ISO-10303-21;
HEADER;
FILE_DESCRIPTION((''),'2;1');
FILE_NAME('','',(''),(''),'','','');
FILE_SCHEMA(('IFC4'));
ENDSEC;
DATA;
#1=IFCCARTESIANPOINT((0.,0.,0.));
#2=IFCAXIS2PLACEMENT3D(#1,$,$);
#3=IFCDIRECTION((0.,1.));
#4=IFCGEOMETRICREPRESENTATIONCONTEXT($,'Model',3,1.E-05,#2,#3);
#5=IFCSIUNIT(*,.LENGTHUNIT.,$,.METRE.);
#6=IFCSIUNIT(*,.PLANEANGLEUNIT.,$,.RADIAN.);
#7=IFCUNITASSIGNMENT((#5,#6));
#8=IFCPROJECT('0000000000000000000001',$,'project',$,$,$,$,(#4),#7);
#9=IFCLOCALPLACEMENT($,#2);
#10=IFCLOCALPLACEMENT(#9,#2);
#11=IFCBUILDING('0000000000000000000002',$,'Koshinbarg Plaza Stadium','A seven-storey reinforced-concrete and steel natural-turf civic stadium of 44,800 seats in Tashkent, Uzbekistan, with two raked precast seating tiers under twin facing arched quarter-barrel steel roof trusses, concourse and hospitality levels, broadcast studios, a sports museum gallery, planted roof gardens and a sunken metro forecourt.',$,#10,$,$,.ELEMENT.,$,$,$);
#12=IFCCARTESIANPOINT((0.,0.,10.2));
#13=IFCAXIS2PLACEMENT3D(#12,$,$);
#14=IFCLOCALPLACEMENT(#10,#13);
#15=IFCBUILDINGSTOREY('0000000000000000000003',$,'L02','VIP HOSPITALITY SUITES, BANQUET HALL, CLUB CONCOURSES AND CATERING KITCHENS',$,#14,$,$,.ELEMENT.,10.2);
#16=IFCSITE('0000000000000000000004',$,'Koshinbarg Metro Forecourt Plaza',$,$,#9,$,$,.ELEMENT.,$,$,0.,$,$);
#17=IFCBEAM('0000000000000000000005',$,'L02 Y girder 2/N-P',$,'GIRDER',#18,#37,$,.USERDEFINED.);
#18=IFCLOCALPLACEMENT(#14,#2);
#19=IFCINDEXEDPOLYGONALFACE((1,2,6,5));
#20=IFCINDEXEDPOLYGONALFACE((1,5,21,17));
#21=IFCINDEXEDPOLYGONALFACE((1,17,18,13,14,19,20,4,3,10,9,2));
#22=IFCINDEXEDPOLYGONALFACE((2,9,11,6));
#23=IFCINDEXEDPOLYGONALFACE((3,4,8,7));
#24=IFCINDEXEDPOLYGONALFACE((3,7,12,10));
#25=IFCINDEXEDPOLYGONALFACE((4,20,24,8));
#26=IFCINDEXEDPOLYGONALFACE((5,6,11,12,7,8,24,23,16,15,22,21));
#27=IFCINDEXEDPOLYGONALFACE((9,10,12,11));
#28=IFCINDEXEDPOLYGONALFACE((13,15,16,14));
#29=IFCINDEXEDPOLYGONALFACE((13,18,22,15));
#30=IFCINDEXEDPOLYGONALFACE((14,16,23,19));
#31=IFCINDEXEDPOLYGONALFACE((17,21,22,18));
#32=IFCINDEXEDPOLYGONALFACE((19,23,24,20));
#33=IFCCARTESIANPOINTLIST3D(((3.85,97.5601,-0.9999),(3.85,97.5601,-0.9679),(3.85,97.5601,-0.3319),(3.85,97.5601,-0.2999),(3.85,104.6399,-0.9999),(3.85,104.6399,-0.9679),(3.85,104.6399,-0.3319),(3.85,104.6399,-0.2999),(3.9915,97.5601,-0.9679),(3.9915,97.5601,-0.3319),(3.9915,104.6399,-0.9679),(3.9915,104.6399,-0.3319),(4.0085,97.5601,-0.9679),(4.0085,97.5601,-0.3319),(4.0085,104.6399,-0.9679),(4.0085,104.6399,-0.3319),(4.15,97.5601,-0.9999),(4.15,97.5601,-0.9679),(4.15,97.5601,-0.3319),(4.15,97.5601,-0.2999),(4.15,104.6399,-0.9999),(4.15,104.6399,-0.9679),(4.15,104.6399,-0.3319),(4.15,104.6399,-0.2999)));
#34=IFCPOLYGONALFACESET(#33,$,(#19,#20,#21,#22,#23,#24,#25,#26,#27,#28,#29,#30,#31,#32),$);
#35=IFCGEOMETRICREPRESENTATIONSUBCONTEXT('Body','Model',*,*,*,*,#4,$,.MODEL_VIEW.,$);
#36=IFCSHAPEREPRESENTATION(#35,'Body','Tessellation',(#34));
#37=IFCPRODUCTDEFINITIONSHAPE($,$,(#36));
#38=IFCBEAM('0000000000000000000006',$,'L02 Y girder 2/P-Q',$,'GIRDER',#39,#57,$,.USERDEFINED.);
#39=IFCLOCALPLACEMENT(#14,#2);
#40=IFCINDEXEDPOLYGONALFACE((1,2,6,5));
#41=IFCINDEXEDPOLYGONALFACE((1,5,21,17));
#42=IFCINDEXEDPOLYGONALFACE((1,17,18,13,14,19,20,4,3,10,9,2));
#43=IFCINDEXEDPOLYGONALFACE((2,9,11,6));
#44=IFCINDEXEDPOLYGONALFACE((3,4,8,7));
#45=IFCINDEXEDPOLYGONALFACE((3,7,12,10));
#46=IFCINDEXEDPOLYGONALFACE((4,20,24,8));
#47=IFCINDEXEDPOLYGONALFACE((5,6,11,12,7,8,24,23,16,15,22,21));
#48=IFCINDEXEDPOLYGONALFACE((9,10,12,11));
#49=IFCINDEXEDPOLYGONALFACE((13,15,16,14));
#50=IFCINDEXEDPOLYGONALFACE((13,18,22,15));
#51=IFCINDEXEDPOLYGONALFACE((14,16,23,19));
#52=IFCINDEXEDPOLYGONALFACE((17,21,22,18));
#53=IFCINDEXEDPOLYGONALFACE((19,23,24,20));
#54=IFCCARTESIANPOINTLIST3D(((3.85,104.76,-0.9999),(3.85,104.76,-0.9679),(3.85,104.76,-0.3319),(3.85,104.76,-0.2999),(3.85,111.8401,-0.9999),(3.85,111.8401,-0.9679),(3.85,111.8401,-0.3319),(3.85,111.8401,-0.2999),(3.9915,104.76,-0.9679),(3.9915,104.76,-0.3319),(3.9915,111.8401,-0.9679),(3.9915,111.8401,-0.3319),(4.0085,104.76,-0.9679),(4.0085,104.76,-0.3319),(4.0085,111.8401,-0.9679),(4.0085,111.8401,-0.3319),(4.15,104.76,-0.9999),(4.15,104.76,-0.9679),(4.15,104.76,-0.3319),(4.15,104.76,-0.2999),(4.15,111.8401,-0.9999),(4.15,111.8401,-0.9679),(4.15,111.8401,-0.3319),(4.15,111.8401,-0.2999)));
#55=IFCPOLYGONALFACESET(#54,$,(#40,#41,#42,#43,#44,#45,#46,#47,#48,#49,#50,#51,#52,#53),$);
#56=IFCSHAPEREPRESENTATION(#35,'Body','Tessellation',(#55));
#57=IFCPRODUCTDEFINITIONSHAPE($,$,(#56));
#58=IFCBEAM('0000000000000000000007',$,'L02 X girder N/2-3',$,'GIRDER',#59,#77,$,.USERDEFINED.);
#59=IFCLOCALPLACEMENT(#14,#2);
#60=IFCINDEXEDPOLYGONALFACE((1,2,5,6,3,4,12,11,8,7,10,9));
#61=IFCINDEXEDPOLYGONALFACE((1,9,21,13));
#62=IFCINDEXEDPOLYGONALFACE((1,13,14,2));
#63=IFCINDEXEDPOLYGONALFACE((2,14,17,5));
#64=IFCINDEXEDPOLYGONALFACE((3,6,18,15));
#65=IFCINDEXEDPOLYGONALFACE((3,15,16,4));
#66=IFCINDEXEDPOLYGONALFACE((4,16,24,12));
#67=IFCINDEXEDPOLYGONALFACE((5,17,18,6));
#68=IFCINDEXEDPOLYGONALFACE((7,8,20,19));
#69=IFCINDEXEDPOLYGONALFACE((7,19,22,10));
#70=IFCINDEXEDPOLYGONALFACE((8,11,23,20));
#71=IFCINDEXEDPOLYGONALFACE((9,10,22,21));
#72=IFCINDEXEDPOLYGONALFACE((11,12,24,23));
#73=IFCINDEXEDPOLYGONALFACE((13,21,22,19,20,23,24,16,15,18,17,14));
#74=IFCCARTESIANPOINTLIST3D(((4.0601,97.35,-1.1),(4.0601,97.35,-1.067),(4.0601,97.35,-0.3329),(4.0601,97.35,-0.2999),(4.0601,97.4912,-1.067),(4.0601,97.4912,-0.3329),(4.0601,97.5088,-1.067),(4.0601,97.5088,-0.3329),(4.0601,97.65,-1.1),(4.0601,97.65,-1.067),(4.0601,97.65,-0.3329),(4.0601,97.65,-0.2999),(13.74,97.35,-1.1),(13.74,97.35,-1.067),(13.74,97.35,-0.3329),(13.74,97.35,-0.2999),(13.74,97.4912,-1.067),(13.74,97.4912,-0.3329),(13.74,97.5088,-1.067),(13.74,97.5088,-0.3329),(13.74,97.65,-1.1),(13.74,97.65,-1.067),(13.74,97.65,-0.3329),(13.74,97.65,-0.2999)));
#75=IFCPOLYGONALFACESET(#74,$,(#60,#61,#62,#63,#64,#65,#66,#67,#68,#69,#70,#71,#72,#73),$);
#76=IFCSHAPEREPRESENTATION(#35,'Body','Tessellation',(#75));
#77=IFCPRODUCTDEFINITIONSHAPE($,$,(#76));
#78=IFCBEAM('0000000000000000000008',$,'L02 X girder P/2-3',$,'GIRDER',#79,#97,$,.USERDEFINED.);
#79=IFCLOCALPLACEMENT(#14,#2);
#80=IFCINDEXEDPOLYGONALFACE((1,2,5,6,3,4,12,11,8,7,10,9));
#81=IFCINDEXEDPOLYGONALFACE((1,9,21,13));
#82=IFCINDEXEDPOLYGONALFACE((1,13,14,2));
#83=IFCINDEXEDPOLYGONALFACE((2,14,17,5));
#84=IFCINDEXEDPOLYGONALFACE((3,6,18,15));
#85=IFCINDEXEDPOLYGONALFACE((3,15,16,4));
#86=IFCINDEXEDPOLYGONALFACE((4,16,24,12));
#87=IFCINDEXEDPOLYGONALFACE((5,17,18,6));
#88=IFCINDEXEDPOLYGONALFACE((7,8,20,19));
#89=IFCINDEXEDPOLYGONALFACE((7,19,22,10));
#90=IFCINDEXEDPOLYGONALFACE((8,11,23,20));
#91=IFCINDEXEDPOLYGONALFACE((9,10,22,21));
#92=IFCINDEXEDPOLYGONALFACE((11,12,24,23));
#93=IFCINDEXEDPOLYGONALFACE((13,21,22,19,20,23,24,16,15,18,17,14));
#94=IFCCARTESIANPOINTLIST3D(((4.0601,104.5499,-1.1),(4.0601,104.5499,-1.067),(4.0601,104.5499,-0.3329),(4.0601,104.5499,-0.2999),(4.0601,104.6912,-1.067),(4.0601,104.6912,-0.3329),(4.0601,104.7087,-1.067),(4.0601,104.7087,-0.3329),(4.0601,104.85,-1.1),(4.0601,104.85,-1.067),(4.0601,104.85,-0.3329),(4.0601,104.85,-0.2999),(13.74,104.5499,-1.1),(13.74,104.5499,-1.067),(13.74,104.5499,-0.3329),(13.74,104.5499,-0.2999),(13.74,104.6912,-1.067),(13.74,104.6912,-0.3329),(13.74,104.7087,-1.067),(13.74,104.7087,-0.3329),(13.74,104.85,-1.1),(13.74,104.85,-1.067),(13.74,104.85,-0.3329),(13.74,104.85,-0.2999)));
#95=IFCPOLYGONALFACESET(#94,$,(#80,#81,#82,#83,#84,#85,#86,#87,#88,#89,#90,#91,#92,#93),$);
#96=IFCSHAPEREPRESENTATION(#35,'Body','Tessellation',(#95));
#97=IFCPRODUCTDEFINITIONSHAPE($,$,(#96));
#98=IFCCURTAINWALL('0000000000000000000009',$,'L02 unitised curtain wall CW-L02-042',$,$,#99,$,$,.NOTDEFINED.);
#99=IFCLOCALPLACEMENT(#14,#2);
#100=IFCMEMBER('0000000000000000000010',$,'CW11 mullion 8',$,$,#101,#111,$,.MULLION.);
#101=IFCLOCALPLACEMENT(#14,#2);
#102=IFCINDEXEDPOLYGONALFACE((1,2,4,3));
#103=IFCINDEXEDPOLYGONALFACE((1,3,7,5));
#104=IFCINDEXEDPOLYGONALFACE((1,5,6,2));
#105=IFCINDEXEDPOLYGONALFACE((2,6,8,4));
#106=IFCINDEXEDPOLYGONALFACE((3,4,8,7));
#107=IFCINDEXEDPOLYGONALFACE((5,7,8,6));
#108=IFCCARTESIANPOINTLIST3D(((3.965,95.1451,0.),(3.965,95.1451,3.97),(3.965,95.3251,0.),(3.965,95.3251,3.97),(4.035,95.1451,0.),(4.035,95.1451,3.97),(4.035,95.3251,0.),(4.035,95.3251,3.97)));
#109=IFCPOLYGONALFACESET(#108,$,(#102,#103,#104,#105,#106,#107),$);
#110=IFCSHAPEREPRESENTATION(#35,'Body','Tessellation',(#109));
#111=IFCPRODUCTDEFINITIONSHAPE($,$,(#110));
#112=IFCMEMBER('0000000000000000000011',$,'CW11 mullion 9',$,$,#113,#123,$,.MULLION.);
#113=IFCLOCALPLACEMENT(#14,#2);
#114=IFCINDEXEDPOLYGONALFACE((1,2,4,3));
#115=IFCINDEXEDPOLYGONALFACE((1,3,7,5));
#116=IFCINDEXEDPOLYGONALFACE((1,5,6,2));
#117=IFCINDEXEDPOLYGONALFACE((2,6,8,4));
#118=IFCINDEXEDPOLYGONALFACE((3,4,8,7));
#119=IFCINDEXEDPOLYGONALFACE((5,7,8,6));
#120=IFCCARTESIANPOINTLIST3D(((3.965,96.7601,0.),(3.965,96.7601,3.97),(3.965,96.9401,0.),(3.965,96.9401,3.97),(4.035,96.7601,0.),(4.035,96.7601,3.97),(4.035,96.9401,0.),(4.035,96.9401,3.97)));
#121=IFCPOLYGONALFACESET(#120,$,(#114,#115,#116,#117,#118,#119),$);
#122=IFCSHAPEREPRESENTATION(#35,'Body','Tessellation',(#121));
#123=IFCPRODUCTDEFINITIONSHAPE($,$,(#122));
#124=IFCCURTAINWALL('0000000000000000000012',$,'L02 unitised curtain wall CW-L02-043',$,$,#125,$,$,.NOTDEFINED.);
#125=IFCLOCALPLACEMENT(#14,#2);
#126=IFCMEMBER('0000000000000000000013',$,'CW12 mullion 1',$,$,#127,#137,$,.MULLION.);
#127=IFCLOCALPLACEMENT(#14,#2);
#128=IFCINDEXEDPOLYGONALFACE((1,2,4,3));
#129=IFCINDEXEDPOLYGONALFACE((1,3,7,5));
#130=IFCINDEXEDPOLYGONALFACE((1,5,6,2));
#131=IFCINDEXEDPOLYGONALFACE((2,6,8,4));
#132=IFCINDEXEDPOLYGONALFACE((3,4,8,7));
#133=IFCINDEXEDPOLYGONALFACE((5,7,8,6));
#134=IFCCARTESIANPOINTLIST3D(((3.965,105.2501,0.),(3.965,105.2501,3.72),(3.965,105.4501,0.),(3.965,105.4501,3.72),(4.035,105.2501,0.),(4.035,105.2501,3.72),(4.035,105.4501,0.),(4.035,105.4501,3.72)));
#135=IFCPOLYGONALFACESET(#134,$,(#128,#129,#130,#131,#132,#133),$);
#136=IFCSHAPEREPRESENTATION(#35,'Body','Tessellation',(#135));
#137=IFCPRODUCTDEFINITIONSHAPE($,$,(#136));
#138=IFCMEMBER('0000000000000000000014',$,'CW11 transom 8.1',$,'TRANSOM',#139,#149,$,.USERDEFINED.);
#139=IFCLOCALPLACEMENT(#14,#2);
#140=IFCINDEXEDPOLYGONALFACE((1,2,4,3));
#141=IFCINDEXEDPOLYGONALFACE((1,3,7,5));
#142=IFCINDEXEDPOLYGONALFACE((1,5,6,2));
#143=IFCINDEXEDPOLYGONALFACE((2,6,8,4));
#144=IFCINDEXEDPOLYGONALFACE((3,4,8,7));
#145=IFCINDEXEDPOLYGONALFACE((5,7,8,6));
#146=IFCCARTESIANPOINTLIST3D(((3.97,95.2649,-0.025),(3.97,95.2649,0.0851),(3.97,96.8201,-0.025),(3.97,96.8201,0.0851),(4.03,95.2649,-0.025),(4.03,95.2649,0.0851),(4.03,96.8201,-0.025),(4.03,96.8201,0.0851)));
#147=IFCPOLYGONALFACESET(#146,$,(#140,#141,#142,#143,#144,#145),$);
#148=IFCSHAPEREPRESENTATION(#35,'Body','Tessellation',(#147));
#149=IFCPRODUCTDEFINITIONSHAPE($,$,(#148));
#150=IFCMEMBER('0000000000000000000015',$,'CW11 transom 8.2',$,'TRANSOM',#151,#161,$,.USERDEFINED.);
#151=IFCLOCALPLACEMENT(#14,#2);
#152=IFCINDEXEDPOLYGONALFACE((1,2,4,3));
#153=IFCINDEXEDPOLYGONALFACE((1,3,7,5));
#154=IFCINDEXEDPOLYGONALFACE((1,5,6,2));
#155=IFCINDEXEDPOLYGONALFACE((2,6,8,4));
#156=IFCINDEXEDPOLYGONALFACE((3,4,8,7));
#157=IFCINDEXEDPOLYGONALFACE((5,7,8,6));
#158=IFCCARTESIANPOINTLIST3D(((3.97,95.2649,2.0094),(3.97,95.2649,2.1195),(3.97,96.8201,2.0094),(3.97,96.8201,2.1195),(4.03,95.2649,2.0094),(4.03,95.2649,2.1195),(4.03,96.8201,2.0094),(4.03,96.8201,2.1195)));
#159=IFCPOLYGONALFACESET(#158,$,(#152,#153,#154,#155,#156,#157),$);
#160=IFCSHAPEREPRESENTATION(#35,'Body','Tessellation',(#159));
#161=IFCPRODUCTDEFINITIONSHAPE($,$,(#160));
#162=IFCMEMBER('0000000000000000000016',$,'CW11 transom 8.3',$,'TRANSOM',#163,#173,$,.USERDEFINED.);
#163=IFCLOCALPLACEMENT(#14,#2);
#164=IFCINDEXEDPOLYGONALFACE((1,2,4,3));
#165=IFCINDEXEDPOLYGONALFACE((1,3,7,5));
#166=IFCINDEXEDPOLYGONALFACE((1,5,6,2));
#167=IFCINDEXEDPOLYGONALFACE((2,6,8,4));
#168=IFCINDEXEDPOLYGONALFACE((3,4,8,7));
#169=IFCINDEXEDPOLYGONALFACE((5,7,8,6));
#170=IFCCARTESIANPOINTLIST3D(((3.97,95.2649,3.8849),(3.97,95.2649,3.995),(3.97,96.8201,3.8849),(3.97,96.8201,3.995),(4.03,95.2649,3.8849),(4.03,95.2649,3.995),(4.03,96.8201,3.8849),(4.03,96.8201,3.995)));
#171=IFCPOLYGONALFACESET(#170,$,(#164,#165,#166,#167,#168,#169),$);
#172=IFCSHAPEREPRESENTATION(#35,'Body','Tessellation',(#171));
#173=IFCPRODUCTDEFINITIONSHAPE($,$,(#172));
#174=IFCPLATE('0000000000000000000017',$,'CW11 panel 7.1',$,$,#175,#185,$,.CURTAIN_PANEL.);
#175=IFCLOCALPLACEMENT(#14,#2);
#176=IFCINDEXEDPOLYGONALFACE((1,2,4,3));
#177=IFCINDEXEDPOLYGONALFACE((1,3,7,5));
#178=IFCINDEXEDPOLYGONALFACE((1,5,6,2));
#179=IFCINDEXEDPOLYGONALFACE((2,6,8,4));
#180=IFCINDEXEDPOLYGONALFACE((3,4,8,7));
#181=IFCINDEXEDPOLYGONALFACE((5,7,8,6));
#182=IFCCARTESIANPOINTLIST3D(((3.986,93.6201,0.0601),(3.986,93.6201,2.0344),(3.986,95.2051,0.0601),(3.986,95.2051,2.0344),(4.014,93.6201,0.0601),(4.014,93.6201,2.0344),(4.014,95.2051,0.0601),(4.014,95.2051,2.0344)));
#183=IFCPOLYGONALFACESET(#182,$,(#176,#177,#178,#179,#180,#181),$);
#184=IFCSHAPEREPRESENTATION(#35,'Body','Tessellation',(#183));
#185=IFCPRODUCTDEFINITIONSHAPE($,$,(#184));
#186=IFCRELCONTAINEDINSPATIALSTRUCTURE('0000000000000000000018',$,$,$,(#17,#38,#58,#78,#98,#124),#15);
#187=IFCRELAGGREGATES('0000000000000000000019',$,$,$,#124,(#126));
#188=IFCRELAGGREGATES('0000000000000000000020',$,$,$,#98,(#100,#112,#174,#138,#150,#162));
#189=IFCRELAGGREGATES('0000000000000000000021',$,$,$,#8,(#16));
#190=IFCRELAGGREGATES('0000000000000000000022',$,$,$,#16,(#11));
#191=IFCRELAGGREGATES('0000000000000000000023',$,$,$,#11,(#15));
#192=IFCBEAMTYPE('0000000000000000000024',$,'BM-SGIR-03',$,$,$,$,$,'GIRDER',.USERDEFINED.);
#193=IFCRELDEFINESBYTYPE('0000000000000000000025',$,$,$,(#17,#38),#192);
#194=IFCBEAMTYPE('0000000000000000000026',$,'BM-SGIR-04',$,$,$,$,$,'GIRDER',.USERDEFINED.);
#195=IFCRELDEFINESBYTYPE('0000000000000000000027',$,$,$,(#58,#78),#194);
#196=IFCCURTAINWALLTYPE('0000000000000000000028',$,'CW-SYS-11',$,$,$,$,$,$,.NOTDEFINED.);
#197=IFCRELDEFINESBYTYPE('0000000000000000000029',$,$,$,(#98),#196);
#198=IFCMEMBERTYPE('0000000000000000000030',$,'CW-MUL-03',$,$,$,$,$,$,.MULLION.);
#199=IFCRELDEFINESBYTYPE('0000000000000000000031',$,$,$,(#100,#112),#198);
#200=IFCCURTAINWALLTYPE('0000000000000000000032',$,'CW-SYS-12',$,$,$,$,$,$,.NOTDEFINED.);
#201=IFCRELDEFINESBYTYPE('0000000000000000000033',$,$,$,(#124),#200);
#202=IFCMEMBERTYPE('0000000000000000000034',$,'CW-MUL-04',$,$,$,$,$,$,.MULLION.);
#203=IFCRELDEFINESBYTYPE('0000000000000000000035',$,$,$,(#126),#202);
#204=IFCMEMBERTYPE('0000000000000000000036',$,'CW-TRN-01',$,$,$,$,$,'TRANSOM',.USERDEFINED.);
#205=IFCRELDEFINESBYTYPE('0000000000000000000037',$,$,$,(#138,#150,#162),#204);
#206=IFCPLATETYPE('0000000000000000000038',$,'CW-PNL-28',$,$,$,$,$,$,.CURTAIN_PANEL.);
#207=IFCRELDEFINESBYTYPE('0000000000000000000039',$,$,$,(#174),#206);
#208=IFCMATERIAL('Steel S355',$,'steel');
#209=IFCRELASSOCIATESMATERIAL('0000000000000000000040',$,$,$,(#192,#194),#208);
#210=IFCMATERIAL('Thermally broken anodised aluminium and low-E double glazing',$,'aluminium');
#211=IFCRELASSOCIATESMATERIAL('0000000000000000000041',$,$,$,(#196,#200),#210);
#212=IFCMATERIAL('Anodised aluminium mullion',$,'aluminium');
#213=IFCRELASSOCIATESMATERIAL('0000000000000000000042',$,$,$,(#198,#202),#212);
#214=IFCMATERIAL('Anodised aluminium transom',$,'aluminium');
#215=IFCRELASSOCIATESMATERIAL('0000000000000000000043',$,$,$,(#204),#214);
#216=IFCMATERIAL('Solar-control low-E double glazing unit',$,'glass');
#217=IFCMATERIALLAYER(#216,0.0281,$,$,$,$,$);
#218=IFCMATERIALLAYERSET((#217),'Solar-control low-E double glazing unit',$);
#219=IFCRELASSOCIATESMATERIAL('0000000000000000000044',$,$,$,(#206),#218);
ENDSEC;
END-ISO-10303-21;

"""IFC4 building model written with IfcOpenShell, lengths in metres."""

from ifc_helpers import new_model, si_unit, direction, frame, origin, origin_2d, place, context, subcontext, project, spatial, rectangle, i_section, extrude, material, layer, layer_set, material_profile, profile_set, type_object, element, aggregate, save


model = new_model("IFC4")

# Units and contexts
model_context = context("Model", 3, precision=1e-05, world=origin(), true_north=direction((0.0, 1.0)))
body_context = subcontext(model_context, "Body", "Model", "MODEL_VIEW")
ifc_project = project(units=[si_unit("LENGTHUNIT", "METRE"), si_unit("PLANEANGLEUNIT", "RADIAN")], contexts=[model_context])

# Site, building, storey
site_placement = place(None, origin())
site = spatial("IfcSite", under=ifc_project, at=site_placement, Name="Koshinbarg Metro Forecourt Plaza", CompositionType="ELEMENT", RefElevation=0.0)
building_placement = place(site_placement, origin())
building = spatial("IfcBuilding", under=site, at=building_placement, Name="Koshinbarg Plaza Stadium", Description="A seven-storey reinforced-concrete and steel natural-turf civic stadium of 44,800 seats in Tashkent, Uzbekistan, with two raked precast seating tiers under twin facing arched quarter-barrel steel roof trusses, concourse and hospitality levels, broadcast studios, a sports museum gallery, planted roof gardens and a sunken metro forecourt.", CompositionType="ELEMENT")
storey_placement = place(building_placement, frame((0.0, 0.0, 10.2)))
storey = spatial("IfcBuildingStorey", under=building, at=storey_placement, Name="L02", Description="VIP HOSPITALITY SUITES, BANQUET HALL, CLUB CONCOURSES AND CATERING KITCHENS", CompositionType="ELEMENT", Elevation=10.2)

# Shared definitions
ifc_material_1 = material(Name="Steel S355", Category="steel")

# Beams
ifc_material_profile_1 = material_profile(ifc_material_1, i_section(OverallWidth=0.3, OverallDepth=0.7, WebThickness=0.0171, FlangeThickness=0.032, at=origin_2d()), Name="HEB 700")
ifc_profile_set_1 = profile_set([ifc_material_profile_1], Name="Steel S355")
beam_type_1 = type_object("IfcBeamType", Name="BM-SGIR-03", ElementType="GIRDER", PredefinedType="USERDEFINED", material=ifc_profile_set_1)
beam_1_placement = place(storey_placement, frame((4.0, 97.5601, -0.6499), z_axis=(0.0, 1.0, 0.0), x_axis=(-1.0, 0.0, 0.0)))
element("IfcBeam", 1, at=beam_1_placement, inside=storey, type_object=beam_type_1, Name="L02 Y girder 2/N-P", ObjectType="GIRDER", PredefinedType="USERDEFINED", context=body_context, shape_type="SweptSolid", body=[
    extrude(i_section(OverallWidth=0.3, OverallDepth=0.7, WebThickness=0.0171, FlangeThickness=0.032, at=origin_2d()), origin(), (0.0, 0.0, 1.0), 7.0798),
])
beam_2_placement = place(storey_placement, frame((4.0, 104.76, -0.6499), z_axis=(0.0, 1.0, 0.0), x_axis=(-1.0, 0.0, 0.0)))
element("IfcBeam", 2, at=beam_2_placement, inside=storey, type_object=beam_type_1, Name="L02 Y girder 2/P-Q", ObjectType="GIRDER", PredefinedType="USERDEFINED", context=body_context, shape_type="SweptSolid", body=[
    extrude(i_section(OverallWidth=0.3, OverallDepth=0.7, WebThickness=0.0171, FlangeThickness=0.032, at=origin_2d()), origin(), (0.0, 0.0, 1.0), 7.0801),
])
ifc_material_profile_2 = material_profile(ifc_material_1, i_section(OverallWidth=0.3, OverallDepth=0.8, WebThickness=0.0176, FlangeThickness=0.033, at=origin_2d()), Name="HEB 800")
ifc_profile_set_2 = profile_set([ifc_material_profile_2], Name="Steel S355")
beam_type_2 = type_object("IfcBeamType", Name="BM-SGIR-04", ElementType="GIRDER", PredefinedType="USERDEFINED", material=ifc_profile_set_2)
for number, where, z_axis, x_axis, name in (
    (3, (4.0601, 97.5, -0.7), (1.0, 0.0, 0.0), (0.0, 1.0, 0.0), "L02 X girder N/2-3"),
    (4, (4.0601, 104.7, -0.7), (1.0, 0.0, 0.0), (0.0, 1.0, 0.0), "L02 X girder P/2-3"),
):
    element("IfcBeam", number, at=place(storey_placement, frame(where, z_axis=z_axis, x_axis=x_axis)), inside=storey, type_object=beam_type_2, Name=name, ObjectType="GIRDER", PredefinedType="USERDEFINED", context=body_context, shape_type="SweptSolid", body=[
        extrude(i_section(OverallWidth=0.3, OverallDepth=0.8, WebThickness=0.0176, FlangeThickness=0.033, at=origin_2d()), origin(), (0.0, 0.0, 1.0), 9.6799),
    ])

# Curtain wall, members
ifc_material_2 = material(Name="Thermally broken anodised aluminium and low-E double glazing", Category="aluminium")
curtain_wall_type_1 = type_object("IfcCurtainWallType", Name="CW-SYS-11", PredefinedType="NOTDEFINED", material=ifc_material_2)
curtain_wall_1_placement = place(storey_placement, origin())
curtain_wall_1 = element("IfcCurtainWall", 5, at=curtain_wall_1_placement, inside=storey, type_object=curtain_wall_type_1, Name="L02 unitised curtain wall CW-L02-042", PredefinedType="NOTDEFINED")
ifc_material_3 = material(Name="Anodised aluminium mullion", Category="aluminium")
ifc_material_profile_3 = material_profile(ifc_material_3, rectangle(XDim=0.0701, YDim=0.1799, at=origin_2d()), Name="ALU 70x180")
ifc_profile_set_3 = profile_set([ifc_material_profile_3], Name="Anodised aluminium mullion")
member_type_1 = type_object("IfcMemberType", Name="CW-MUL-03", PredefinedType="MULLION", material=ifc_profile_set_3)
member_1_placement = place(storey_placement, frame((4.0, 95.2351, 0.0), z_axis=(0.0, 0.0, 1.0), x_axis=(-1.0, 0.0, 0.0)))
member_1 = element("IfcMember", 6, at=member_1_placement, type_object=member_type_1, Name="CW11 mullion 8", PredefinedType="MULLION", context=body_context, shape_type="SweptSolid", body=[
    extrude(rectangle(XDim=0.0701, YDim=0.1799, at=origin_2d()), origin(), (0.0, 0.0, 1.0), 3.97),
])
member_2_placement = place(storey_placement, frame((4.0, 96.8501, 0.0), z_axis=(0.0, 0.0, 1.0), x_axis=(-1.0, 0.0, 0.0)))
member_2 = element("IfcMember", 7, at=member_2_placement, type_object=member_type_1, Name="CW11 mullion 9", PredefinedType="MULLION", context=body_context, shape_type="SweptSolid", body=[
    extrude(rectangle(XDim=0.0701, YDim=0.1799, at=origin_2d()), origin(), (0.0, 0.0, 1.0), 3.97),
])

# Curtain wall, member
curtain_wall_type_2 = type_object("IfcCurtainWallType", Name="CW-SYS-12", PredefinedType="NOTDEFINED", material=ifc_material_2)
curtain_wall_2_placement = place(storey_placement, origin())
curtain_wall_2 = element("IfcCurtainWall", 8, at=curtain_wall_2_placement, inside=storey, type_object=curtain_wall_type_2, Name="L02 unitised curtain wall CW-L02-043", PredefinedType="NOTDEFINED")
ifc_material_profile_4 = material_profile(ifc_material_3, rectangle(XDim=0.0701, YDim=0.2, at=origin_2d()), Name="ALU 70x200")
ifc_profile_set_4 = profile_set([ifc_material_profile_4], Name="Anodised aluminium mullion")
member_type_2 = type_object("IfcMemberType", Name="CW-MUL-04", PredefinedType="MULLION", material=ifc_profile_set_4)
member_3_placement = place(storey_placement, frame((4.0, 105.3501, 0.0), z_axis=(0.0, 0.0, 1.0), x_axis=(-1.0, 0.0, 0.0)))
member_3 = element("IfcMember", 9, at=member_3_placement, type_object=member_type_2, Name="CW12 mullion 1", PredefinedType="MULLION", context=body_context, shape_type="SweptSolid", body=[
    extrude(rectangle(XDim=0.0701, YDim=0.2, at=origin_2d()), origin(), (0.0, 0.0, 1.0), 3.72),
])
aggregate(curtain_wall_2, [member_3])

# Members
ifc_material_4 = material(Name="Anodised aluminium transom", Category="aluminium")
ifc_material_profile_5 = material_profile(ifc_material_4, rectangle(XDim=0.0601, YDim=0.1101, at=origin_2d()), Name="ALU 60x110")
ifc_profile_set_5 = profile_set([ifc_material_profile_5], Name="Anodised aluminium transom")
member_type_3 = type_object("IfcMemberType", Name="CW-TRN-01", ElementType="TRANSOM", PredefinedType="USERDEFINED", material=ifc_profile_set_5)
member_4_placement = place(storey_placement, frame((4.0, 95.2649, 0.03), z_axis=(0.0, 1.0, 0.0), x_axis=(-1.0, 0.0, 0.0)))
member_4 = element("IfcMember", 10, at=member_4_placement, type_object=member_type_3, Name="CW11 transom 8.1", ObjectType="TRANSOM", PredefinedType="USERDEFINED", context=body_context, shape_type="SweptSolid", body=[
    extrude(rectangle(XDim=0.0601, YDim=0.1101, at=origin_2d()), origin(), (0.0, 0.0, 1.0), 1.5552),
])
member_5_placement = place(storey_placement, frame((4.0, 95.2649, 2.0645), z_axis=(0.0, 1.0, 0.0), x_axis=(-1.0, 0.0, 0.0)))
member_5 = element("IfcMember", 11, at=member_5_placement, type_object=member_type_3, Name="CW11 transom 8.2", ObjectType="TRANSOM", PredefinedType="USERDEFINED", context=body_context, shape_type="SweptSolid", body=[
    extrude(rectangle(XDim=0.0601, YDim=0.1101, at=origin_2d()), origin(), (0.0, 0.0, 1.0), 1.5552),
])
member_6_placement = place(storey_placement, frame((4.0, 95.2649, 3.9399), z_axis=(0.0, 1.0, 0.0), x_axis=(-1.0, 0.0, 0.0)))
member_6 = element("IfcMember", 12, at=member_6_placement, type_object=member_type_3, Name="CW11 transom 8.3", ObjectType="TRANSOM", PredefinedType="USERDEFINED", context=body_context, shape_type="SweptSolid", body=[
    extrude(rectangle(XDim=0.0601, YDim=0.1101, at=origin_2d()), origin(), (0.0, 0.0, 1.0), 1.5552),
])

# Plate
ifc_material_5 = material(Name="Solar-control low-E double glazing unit", Category="glass")
ifc_layer_1 = layer(ifc_material_5, 0.0281)
ifc_layer_set_1 = layer_set([ifc_layer_1], Name="Solar-control low-E double glazing unit")
plate_type_1 = type_object("IfcPlateType", Name="CW-PNL-28", PredefinedType="CURTAIN_PANEL", material=ifc_layer_set_1)
plate_1_placement = place(storey_placement, frame((4.0, 94.4126, 0.0601), z_axis=(0.0, 0.0, 1.0), x_axis=(0.0, 1.0, 0.0)))
plate_1 = element("IfcPlate", 13, at=plate_1_placement, type_object=plate_type_1, Name="CW11 panel 7.1", PredefinedType="CURTAIN_PANEL", context=body_context, shape_type="SweptSolid", body=[
    extrude(rectangle(XDim=1.585, YDim=0.0281, at=origin_2d()), origin(), (0.0, 0.0, 1.0), 1.9744),
])
aggregate(curtain_wall_1, [member_1, member_2, plate_1, member_4, member_5, member_6])

save(model, "model.ifc")
